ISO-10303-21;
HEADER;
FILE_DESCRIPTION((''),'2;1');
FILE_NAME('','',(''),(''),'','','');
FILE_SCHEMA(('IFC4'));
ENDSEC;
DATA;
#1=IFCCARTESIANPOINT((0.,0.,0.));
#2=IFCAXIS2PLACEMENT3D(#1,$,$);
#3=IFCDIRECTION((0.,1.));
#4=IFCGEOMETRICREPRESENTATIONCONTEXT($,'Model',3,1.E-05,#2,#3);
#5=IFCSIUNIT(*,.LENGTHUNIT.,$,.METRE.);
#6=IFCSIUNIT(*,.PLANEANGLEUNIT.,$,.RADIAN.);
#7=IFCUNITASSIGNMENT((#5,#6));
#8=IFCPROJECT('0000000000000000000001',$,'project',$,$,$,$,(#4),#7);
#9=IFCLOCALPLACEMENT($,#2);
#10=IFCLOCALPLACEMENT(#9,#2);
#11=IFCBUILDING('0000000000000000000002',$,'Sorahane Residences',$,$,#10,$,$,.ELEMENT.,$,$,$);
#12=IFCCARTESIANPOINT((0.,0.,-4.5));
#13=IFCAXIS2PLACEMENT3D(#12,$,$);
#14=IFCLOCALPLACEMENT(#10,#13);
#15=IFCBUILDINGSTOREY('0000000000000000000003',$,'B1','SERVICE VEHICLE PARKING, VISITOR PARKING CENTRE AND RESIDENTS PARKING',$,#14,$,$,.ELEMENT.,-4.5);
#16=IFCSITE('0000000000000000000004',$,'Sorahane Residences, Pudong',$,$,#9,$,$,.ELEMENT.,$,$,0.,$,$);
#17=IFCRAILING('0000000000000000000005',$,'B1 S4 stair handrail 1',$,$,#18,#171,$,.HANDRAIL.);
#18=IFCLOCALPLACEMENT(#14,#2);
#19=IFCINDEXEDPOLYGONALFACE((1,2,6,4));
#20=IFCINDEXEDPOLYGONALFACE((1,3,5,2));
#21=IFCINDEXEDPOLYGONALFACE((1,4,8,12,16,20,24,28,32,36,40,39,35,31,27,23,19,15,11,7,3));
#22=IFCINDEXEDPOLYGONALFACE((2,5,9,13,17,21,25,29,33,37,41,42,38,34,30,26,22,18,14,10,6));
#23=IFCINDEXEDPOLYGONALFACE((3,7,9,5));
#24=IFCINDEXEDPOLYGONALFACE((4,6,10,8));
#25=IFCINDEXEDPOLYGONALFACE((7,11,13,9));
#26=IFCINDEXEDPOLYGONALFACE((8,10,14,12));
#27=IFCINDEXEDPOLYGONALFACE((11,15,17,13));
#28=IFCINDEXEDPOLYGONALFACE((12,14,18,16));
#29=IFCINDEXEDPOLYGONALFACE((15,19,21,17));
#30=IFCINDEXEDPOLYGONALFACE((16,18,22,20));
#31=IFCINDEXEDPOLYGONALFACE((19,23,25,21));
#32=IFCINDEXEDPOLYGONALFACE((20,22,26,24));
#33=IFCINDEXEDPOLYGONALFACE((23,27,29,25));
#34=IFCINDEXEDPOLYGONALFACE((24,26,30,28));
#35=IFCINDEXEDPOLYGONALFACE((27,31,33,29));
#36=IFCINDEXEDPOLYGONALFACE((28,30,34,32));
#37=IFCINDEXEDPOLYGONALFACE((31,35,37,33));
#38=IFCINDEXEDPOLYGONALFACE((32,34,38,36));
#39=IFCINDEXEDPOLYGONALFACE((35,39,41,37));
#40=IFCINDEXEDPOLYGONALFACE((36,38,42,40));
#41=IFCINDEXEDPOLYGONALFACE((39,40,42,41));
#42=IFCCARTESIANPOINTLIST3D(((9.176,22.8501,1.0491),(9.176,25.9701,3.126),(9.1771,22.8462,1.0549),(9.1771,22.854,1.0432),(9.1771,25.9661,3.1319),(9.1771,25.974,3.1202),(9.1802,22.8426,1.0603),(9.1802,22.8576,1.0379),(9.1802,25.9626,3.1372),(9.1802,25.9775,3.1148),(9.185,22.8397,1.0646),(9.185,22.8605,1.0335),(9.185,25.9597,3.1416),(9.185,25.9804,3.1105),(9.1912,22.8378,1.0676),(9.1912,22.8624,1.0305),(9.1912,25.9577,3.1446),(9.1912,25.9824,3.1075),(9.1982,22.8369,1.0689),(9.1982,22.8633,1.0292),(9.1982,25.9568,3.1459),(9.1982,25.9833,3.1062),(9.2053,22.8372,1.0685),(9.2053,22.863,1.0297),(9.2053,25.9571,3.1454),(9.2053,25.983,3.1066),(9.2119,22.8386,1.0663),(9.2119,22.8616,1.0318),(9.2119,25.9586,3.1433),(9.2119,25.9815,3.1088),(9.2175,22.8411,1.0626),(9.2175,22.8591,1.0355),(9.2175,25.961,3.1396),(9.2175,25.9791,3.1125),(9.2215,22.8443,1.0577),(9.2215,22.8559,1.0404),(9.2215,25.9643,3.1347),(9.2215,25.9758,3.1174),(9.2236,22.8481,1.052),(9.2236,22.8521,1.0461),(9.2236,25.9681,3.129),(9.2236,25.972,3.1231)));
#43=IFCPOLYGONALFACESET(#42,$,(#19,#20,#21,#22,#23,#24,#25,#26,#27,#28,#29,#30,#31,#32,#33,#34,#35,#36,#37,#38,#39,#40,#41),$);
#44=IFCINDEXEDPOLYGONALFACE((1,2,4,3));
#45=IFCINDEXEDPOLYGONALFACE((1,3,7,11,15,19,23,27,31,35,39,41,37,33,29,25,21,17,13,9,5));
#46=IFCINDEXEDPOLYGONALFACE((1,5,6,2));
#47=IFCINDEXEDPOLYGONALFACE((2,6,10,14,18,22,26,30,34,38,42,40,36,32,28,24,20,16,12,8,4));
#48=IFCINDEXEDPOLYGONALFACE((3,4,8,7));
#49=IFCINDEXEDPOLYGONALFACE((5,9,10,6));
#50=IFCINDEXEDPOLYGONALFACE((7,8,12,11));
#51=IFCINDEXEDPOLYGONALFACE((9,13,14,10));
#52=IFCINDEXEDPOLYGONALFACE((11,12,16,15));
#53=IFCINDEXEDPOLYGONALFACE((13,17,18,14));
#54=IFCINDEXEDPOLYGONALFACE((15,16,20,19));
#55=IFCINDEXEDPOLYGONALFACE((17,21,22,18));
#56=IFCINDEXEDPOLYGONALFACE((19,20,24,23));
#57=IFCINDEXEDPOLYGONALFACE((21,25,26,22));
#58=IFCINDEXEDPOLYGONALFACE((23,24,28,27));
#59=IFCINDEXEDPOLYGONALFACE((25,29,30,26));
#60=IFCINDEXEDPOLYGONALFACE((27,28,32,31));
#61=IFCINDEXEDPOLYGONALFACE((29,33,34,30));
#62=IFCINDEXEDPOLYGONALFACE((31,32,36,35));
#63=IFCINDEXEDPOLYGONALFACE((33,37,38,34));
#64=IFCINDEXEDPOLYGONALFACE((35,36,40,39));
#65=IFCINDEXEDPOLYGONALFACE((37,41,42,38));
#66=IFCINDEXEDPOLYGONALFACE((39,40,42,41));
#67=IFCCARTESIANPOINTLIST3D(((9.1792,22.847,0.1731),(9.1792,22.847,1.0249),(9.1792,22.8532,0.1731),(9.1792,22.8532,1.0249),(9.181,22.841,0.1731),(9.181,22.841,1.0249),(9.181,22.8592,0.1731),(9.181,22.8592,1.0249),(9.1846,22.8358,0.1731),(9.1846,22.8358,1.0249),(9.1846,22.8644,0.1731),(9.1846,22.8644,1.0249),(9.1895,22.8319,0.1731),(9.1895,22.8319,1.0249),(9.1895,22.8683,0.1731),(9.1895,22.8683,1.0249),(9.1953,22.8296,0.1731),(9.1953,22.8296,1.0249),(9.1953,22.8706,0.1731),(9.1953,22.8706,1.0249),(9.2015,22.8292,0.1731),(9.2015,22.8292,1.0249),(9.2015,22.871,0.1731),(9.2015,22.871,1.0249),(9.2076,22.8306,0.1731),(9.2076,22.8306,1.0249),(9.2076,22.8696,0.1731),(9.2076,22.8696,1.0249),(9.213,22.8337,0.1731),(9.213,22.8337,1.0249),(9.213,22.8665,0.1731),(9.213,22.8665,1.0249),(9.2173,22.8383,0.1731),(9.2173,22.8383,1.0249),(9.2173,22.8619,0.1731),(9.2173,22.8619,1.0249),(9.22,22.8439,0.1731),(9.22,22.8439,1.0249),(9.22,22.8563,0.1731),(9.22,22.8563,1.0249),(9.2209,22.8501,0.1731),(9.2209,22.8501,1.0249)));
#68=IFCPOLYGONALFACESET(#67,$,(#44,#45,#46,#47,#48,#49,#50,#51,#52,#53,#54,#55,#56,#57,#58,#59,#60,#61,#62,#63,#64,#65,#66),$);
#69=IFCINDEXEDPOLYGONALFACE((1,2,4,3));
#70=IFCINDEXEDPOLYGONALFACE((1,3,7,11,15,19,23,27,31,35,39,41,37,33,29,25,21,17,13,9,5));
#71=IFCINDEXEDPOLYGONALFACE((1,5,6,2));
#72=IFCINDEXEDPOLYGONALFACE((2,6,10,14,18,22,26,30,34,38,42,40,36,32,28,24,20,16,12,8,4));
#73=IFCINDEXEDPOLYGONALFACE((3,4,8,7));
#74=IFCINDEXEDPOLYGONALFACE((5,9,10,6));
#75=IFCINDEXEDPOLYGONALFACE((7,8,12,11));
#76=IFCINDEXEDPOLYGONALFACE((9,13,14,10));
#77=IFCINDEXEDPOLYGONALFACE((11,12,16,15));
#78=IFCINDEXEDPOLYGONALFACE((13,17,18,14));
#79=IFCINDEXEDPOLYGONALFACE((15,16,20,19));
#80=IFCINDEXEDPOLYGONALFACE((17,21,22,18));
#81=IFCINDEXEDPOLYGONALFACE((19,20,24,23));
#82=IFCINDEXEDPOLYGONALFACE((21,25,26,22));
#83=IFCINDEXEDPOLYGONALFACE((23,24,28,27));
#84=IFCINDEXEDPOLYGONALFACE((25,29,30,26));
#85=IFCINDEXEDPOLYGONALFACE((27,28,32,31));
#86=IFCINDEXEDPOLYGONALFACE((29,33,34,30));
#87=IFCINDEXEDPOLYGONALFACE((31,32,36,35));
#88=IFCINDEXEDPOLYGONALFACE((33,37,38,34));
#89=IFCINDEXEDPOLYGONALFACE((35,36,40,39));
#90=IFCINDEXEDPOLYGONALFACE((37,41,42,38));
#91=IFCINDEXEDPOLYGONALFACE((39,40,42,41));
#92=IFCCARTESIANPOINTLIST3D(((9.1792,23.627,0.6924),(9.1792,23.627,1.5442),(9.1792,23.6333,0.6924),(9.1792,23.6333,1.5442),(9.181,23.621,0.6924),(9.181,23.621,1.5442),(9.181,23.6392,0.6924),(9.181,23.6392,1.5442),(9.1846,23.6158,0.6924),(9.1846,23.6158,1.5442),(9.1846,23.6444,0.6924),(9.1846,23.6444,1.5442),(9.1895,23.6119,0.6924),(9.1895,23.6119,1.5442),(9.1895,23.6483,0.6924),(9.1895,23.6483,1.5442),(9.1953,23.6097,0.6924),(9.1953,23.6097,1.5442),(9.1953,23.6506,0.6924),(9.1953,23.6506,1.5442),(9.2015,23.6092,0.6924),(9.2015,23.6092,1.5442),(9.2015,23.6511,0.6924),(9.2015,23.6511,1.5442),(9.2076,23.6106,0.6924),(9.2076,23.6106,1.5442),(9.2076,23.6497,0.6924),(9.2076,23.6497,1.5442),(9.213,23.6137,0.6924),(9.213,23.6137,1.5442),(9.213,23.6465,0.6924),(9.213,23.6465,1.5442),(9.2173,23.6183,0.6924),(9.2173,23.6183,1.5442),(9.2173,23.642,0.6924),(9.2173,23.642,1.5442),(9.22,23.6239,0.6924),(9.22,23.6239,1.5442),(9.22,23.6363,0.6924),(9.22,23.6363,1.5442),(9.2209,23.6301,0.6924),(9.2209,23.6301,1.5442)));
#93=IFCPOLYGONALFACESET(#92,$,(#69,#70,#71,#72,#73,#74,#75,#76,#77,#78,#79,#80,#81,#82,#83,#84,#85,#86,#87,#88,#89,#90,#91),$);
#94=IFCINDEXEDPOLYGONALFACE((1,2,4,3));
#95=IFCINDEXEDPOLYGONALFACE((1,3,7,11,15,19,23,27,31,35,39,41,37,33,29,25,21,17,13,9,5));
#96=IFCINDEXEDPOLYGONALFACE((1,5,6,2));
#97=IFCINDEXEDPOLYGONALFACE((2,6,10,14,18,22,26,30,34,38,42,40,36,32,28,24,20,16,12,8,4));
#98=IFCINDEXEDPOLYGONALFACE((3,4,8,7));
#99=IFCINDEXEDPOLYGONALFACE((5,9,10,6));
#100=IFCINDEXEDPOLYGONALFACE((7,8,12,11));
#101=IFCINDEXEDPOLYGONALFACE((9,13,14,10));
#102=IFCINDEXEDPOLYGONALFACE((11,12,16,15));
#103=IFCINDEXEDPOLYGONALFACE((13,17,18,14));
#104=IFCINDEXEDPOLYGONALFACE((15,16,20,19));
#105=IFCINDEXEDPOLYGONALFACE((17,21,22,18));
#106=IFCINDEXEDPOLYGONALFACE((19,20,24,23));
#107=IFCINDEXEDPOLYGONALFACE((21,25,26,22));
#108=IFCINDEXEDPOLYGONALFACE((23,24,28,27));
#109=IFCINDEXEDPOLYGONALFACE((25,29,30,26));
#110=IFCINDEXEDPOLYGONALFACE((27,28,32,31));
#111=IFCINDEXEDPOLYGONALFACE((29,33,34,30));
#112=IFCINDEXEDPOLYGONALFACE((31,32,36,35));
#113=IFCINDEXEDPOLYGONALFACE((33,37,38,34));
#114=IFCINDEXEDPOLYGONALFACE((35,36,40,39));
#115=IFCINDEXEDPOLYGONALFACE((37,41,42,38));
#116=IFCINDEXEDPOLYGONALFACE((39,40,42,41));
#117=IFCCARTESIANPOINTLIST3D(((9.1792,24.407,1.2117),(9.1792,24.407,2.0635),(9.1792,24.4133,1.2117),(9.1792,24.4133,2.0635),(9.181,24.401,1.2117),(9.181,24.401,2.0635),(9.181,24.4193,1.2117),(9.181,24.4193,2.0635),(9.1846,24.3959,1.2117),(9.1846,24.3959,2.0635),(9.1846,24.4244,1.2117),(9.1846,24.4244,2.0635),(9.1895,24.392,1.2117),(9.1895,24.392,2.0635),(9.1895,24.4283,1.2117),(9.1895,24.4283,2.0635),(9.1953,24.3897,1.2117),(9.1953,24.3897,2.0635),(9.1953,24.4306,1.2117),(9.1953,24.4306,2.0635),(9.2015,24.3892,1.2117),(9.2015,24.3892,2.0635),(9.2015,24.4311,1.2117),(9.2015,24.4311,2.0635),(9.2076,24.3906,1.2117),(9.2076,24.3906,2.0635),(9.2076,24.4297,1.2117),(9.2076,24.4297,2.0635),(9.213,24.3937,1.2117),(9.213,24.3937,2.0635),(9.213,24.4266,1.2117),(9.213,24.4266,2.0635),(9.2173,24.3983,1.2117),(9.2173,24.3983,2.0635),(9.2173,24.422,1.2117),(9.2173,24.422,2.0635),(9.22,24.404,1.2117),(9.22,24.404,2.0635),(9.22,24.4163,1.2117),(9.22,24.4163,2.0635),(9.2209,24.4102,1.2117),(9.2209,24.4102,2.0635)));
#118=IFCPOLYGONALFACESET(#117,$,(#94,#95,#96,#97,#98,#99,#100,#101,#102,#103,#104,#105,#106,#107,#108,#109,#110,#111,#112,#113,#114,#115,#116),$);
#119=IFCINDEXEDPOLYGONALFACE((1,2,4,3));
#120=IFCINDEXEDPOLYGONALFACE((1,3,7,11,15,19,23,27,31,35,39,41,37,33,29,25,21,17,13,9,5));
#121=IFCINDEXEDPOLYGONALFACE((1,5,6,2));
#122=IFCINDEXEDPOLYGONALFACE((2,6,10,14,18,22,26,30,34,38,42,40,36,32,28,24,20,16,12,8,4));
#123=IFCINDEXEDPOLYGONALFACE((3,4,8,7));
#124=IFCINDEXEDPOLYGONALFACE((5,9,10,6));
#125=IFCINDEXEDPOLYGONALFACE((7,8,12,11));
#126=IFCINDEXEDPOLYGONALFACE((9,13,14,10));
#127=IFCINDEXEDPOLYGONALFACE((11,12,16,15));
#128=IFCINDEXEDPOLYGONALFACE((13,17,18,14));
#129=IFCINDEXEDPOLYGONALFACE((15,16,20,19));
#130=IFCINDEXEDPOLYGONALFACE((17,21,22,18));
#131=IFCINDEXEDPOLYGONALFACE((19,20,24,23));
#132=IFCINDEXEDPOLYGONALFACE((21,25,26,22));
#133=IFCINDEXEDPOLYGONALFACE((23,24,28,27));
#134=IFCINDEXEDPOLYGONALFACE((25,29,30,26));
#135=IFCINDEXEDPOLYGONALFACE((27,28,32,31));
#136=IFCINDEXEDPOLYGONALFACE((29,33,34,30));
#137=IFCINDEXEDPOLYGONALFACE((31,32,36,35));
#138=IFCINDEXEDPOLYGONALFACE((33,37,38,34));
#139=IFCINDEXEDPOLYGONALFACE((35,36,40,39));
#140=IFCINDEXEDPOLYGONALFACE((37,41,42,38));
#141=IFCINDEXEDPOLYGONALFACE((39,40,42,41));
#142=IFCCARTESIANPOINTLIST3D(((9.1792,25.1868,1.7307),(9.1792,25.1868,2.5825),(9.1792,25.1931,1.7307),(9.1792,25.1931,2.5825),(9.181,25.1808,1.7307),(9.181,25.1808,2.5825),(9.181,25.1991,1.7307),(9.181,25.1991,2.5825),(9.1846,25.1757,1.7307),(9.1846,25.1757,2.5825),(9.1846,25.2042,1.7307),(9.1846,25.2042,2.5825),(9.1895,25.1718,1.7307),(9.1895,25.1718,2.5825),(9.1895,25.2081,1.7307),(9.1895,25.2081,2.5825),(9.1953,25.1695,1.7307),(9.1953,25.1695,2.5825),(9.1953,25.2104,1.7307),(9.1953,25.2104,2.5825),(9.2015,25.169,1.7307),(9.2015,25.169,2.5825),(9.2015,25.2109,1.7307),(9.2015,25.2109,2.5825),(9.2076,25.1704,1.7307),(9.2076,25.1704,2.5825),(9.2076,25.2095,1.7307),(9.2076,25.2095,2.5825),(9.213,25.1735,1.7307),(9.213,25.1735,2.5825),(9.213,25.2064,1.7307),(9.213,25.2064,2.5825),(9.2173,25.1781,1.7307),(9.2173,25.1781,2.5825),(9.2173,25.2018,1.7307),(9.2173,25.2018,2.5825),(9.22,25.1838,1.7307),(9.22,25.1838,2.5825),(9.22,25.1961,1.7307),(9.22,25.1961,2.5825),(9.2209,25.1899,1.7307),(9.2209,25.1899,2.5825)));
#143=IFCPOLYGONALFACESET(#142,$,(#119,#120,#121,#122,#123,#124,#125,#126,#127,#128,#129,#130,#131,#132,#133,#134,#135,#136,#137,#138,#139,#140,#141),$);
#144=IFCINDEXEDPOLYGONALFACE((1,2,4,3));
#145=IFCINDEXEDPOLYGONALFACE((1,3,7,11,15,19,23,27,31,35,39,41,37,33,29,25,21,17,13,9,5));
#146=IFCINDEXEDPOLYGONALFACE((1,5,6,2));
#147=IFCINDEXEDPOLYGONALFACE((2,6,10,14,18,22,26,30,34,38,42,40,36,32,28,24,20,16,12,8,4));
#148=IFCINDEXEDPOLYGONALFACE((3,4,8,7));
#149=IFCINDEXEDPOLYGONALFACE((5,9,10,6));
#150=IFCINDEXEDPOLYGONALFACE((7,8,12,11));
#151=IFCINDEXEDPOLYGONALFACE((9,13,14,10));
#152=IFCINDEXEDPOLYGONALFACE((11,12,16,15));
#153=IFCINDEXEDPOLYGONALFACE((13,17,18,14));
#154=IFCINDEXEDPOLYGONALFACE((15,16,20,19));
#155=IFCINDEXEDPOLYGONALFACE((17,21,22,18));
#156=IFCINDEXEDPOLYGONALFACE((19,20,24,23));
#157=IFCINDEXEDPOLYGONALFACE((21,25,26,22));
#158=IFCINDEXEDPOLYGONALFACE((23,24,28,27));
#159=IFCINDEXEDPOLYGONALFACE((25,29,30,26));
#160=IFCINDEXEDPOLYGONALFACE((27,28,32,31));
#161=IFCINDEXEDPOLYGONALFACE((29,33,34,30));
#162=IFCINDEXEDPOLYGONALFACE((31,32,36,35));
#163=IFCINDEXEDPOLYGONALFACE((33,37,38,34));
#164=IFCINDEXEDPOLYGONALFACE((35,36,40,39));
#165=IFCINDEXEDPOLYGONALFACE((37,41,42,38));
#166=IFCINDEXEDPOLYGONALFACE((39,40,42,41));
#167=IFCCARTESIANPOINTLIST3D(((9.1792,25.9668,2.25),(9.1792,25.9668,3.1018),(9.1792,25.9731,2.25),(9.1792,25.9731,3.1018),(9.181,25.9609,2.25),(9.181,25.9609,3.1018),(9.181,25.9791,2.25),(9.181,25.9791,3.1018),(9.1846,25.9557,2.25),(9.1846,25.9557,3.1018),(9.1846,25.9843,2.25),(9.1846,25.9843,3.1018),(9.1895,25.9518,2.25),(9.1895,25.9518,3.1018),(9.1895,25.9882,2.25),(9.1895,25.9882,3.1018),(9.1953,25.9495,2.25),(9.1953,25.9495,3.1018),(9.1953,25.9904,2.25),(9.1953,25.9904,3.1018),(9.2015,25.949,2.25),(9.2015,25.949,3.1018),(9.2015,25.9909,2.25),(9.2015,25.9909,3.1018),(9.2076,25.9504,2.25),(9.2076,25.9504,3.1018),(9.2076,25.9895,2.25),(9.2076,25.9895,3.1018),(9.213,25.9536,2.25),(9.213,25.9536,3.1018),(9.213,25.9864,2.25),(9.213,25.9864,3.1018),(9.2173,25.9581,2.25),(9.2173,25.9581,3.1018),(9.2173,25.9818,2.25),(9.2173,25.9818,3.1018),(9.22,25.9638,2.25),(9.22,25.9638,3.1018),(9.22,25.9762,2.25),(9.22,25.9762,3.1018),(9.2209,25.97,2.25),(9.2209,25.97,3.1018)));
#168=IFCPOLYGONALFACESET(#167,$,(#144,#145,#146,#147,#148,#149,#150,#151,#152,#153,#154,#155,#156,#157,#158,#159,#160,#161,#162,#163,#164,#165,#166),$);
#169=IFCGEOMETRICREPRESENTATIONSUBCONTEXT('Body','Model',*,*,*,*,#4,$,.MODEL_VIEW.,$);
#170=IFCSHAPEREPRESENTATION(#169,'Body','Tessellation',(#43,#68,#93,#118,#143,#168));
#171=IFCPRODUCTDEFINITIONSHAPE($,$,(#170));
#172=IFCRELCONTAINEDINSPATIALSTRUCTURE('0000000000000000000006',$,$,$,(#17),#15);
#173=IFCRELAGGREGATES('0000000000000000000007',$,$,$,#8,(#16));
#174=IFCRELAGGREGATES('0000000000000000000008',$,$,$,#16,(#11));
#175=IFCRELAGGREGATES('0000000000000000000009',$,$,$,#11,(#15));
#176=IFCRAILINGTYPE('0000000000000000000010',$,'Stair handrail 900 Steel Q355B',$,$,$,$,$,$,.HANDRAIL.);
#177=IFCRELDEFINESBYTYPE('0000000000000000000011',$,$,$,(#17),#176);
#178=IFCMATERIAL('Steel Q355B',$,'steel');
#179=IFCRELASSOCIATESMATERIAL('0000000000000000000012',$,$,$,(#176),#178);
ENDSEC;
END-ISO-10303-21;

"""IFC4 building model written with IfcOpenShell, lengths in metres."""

from ifc_helpers import new_model, si_unit, direction, frame, origin, origin_2d, place, context, subcontext, project, spatial, circle, extrude, material, type_object, element, save


model = new_model("IFC4")

# Units and contexts
model_context = context("Model", 3, precision=1e-05, world=origin(), true_north=direction((0.0, 1.0)))
body_context = subcontext(model_context, "Body", "Model", "MODEL_VIEW")
ifc_project = project(units=[si_unit("LENGTHUNIT", "METRE"), si_unit("PLANEANGLEUNIT", "RADIAN")], contexts=[model_context])

# Site, building, storey
site_placement = place(None, origin())
site = spatial("IfcSite", under=ifc_project, at=site_placement, Name="Sorahane Residences, Pudong", CompositionType="ELEMENT", RefElevation=0.0)
building_placement = place(site_placement, origin())
building = spatial("IfcBuilding", under=site, at=building_placement, Name="Sorahane Residences", CompositionType="ELEMENT")
storey_placement = place(building_placement, frame((0.0, 0.0, -4.5)))
storey = spatial("IfcBuildingStorey", under=building, at=storey_placement, Name="B1", Description="SERVICE VEHICLE PARKING, VISITOR PARKING CENTRE AND RESIDENTS PARKING", CompositionType="ELEMENT", Elevation=-4.5)

# Railing
ifc_material_1 = material(Name="Steel Q355B", Category="steel")
railing_type_1 = type_object("IfcRailingType", Name="Stair handrail 900 Steel Q355B", PredefinedType="HANDRAIL", material=ifc_material_1)
railing_1_placement = place(storey_placement, frame((9.2, 22.8501, 0.1731)))
element("IfcRailing", 1, at=railing_1_placement, inside=storey, type_object=railing_type_1, Name="B1 S4 stair handrail 1", PredefinedType="HANDRAIL", context=body_context, shape_type="SweptSolid", body=[
    extrude(circle(Radius=0.0239, at=origin_2d()), frame((0.0, 0.0, 0.876), z_axis=(0.0, 0.832421, 0.554144), x_axis=(-1.0, 0.0, 0.0)), (0.0, 0.0, 1.0), 3.748),
    extrude(circle(Radius=0.021, at=origin_2d()), origin(), (0.0, 0.0, 1.0), 0.8518),
    extrude(circle(Radius=0.021, at=origin_2d()), frame((0.0, 0.78, 0.5193)), (0.0, 0.0, 1.0), 0.8518),
    extrude(circle(Radius=0.021, at=origin_2d()), frame((0.0, 1.5601, 1.0386)), (0.0, 0.0, 1.0), 0.8518),
    extrude(circle(Radius=0.021, at=origin_2d()), frame((0.0, 2.3398, 1.5576)), (0.0, 0.0, 1.0), 0.8518),
    extrude(circle(Radius=0.021, at=origin_2d()), frame((0.0, 3.1199, 2.0769)), (0.0, 0.0, 1.0), 0.8518),
])

save(model, "model.ifc")
